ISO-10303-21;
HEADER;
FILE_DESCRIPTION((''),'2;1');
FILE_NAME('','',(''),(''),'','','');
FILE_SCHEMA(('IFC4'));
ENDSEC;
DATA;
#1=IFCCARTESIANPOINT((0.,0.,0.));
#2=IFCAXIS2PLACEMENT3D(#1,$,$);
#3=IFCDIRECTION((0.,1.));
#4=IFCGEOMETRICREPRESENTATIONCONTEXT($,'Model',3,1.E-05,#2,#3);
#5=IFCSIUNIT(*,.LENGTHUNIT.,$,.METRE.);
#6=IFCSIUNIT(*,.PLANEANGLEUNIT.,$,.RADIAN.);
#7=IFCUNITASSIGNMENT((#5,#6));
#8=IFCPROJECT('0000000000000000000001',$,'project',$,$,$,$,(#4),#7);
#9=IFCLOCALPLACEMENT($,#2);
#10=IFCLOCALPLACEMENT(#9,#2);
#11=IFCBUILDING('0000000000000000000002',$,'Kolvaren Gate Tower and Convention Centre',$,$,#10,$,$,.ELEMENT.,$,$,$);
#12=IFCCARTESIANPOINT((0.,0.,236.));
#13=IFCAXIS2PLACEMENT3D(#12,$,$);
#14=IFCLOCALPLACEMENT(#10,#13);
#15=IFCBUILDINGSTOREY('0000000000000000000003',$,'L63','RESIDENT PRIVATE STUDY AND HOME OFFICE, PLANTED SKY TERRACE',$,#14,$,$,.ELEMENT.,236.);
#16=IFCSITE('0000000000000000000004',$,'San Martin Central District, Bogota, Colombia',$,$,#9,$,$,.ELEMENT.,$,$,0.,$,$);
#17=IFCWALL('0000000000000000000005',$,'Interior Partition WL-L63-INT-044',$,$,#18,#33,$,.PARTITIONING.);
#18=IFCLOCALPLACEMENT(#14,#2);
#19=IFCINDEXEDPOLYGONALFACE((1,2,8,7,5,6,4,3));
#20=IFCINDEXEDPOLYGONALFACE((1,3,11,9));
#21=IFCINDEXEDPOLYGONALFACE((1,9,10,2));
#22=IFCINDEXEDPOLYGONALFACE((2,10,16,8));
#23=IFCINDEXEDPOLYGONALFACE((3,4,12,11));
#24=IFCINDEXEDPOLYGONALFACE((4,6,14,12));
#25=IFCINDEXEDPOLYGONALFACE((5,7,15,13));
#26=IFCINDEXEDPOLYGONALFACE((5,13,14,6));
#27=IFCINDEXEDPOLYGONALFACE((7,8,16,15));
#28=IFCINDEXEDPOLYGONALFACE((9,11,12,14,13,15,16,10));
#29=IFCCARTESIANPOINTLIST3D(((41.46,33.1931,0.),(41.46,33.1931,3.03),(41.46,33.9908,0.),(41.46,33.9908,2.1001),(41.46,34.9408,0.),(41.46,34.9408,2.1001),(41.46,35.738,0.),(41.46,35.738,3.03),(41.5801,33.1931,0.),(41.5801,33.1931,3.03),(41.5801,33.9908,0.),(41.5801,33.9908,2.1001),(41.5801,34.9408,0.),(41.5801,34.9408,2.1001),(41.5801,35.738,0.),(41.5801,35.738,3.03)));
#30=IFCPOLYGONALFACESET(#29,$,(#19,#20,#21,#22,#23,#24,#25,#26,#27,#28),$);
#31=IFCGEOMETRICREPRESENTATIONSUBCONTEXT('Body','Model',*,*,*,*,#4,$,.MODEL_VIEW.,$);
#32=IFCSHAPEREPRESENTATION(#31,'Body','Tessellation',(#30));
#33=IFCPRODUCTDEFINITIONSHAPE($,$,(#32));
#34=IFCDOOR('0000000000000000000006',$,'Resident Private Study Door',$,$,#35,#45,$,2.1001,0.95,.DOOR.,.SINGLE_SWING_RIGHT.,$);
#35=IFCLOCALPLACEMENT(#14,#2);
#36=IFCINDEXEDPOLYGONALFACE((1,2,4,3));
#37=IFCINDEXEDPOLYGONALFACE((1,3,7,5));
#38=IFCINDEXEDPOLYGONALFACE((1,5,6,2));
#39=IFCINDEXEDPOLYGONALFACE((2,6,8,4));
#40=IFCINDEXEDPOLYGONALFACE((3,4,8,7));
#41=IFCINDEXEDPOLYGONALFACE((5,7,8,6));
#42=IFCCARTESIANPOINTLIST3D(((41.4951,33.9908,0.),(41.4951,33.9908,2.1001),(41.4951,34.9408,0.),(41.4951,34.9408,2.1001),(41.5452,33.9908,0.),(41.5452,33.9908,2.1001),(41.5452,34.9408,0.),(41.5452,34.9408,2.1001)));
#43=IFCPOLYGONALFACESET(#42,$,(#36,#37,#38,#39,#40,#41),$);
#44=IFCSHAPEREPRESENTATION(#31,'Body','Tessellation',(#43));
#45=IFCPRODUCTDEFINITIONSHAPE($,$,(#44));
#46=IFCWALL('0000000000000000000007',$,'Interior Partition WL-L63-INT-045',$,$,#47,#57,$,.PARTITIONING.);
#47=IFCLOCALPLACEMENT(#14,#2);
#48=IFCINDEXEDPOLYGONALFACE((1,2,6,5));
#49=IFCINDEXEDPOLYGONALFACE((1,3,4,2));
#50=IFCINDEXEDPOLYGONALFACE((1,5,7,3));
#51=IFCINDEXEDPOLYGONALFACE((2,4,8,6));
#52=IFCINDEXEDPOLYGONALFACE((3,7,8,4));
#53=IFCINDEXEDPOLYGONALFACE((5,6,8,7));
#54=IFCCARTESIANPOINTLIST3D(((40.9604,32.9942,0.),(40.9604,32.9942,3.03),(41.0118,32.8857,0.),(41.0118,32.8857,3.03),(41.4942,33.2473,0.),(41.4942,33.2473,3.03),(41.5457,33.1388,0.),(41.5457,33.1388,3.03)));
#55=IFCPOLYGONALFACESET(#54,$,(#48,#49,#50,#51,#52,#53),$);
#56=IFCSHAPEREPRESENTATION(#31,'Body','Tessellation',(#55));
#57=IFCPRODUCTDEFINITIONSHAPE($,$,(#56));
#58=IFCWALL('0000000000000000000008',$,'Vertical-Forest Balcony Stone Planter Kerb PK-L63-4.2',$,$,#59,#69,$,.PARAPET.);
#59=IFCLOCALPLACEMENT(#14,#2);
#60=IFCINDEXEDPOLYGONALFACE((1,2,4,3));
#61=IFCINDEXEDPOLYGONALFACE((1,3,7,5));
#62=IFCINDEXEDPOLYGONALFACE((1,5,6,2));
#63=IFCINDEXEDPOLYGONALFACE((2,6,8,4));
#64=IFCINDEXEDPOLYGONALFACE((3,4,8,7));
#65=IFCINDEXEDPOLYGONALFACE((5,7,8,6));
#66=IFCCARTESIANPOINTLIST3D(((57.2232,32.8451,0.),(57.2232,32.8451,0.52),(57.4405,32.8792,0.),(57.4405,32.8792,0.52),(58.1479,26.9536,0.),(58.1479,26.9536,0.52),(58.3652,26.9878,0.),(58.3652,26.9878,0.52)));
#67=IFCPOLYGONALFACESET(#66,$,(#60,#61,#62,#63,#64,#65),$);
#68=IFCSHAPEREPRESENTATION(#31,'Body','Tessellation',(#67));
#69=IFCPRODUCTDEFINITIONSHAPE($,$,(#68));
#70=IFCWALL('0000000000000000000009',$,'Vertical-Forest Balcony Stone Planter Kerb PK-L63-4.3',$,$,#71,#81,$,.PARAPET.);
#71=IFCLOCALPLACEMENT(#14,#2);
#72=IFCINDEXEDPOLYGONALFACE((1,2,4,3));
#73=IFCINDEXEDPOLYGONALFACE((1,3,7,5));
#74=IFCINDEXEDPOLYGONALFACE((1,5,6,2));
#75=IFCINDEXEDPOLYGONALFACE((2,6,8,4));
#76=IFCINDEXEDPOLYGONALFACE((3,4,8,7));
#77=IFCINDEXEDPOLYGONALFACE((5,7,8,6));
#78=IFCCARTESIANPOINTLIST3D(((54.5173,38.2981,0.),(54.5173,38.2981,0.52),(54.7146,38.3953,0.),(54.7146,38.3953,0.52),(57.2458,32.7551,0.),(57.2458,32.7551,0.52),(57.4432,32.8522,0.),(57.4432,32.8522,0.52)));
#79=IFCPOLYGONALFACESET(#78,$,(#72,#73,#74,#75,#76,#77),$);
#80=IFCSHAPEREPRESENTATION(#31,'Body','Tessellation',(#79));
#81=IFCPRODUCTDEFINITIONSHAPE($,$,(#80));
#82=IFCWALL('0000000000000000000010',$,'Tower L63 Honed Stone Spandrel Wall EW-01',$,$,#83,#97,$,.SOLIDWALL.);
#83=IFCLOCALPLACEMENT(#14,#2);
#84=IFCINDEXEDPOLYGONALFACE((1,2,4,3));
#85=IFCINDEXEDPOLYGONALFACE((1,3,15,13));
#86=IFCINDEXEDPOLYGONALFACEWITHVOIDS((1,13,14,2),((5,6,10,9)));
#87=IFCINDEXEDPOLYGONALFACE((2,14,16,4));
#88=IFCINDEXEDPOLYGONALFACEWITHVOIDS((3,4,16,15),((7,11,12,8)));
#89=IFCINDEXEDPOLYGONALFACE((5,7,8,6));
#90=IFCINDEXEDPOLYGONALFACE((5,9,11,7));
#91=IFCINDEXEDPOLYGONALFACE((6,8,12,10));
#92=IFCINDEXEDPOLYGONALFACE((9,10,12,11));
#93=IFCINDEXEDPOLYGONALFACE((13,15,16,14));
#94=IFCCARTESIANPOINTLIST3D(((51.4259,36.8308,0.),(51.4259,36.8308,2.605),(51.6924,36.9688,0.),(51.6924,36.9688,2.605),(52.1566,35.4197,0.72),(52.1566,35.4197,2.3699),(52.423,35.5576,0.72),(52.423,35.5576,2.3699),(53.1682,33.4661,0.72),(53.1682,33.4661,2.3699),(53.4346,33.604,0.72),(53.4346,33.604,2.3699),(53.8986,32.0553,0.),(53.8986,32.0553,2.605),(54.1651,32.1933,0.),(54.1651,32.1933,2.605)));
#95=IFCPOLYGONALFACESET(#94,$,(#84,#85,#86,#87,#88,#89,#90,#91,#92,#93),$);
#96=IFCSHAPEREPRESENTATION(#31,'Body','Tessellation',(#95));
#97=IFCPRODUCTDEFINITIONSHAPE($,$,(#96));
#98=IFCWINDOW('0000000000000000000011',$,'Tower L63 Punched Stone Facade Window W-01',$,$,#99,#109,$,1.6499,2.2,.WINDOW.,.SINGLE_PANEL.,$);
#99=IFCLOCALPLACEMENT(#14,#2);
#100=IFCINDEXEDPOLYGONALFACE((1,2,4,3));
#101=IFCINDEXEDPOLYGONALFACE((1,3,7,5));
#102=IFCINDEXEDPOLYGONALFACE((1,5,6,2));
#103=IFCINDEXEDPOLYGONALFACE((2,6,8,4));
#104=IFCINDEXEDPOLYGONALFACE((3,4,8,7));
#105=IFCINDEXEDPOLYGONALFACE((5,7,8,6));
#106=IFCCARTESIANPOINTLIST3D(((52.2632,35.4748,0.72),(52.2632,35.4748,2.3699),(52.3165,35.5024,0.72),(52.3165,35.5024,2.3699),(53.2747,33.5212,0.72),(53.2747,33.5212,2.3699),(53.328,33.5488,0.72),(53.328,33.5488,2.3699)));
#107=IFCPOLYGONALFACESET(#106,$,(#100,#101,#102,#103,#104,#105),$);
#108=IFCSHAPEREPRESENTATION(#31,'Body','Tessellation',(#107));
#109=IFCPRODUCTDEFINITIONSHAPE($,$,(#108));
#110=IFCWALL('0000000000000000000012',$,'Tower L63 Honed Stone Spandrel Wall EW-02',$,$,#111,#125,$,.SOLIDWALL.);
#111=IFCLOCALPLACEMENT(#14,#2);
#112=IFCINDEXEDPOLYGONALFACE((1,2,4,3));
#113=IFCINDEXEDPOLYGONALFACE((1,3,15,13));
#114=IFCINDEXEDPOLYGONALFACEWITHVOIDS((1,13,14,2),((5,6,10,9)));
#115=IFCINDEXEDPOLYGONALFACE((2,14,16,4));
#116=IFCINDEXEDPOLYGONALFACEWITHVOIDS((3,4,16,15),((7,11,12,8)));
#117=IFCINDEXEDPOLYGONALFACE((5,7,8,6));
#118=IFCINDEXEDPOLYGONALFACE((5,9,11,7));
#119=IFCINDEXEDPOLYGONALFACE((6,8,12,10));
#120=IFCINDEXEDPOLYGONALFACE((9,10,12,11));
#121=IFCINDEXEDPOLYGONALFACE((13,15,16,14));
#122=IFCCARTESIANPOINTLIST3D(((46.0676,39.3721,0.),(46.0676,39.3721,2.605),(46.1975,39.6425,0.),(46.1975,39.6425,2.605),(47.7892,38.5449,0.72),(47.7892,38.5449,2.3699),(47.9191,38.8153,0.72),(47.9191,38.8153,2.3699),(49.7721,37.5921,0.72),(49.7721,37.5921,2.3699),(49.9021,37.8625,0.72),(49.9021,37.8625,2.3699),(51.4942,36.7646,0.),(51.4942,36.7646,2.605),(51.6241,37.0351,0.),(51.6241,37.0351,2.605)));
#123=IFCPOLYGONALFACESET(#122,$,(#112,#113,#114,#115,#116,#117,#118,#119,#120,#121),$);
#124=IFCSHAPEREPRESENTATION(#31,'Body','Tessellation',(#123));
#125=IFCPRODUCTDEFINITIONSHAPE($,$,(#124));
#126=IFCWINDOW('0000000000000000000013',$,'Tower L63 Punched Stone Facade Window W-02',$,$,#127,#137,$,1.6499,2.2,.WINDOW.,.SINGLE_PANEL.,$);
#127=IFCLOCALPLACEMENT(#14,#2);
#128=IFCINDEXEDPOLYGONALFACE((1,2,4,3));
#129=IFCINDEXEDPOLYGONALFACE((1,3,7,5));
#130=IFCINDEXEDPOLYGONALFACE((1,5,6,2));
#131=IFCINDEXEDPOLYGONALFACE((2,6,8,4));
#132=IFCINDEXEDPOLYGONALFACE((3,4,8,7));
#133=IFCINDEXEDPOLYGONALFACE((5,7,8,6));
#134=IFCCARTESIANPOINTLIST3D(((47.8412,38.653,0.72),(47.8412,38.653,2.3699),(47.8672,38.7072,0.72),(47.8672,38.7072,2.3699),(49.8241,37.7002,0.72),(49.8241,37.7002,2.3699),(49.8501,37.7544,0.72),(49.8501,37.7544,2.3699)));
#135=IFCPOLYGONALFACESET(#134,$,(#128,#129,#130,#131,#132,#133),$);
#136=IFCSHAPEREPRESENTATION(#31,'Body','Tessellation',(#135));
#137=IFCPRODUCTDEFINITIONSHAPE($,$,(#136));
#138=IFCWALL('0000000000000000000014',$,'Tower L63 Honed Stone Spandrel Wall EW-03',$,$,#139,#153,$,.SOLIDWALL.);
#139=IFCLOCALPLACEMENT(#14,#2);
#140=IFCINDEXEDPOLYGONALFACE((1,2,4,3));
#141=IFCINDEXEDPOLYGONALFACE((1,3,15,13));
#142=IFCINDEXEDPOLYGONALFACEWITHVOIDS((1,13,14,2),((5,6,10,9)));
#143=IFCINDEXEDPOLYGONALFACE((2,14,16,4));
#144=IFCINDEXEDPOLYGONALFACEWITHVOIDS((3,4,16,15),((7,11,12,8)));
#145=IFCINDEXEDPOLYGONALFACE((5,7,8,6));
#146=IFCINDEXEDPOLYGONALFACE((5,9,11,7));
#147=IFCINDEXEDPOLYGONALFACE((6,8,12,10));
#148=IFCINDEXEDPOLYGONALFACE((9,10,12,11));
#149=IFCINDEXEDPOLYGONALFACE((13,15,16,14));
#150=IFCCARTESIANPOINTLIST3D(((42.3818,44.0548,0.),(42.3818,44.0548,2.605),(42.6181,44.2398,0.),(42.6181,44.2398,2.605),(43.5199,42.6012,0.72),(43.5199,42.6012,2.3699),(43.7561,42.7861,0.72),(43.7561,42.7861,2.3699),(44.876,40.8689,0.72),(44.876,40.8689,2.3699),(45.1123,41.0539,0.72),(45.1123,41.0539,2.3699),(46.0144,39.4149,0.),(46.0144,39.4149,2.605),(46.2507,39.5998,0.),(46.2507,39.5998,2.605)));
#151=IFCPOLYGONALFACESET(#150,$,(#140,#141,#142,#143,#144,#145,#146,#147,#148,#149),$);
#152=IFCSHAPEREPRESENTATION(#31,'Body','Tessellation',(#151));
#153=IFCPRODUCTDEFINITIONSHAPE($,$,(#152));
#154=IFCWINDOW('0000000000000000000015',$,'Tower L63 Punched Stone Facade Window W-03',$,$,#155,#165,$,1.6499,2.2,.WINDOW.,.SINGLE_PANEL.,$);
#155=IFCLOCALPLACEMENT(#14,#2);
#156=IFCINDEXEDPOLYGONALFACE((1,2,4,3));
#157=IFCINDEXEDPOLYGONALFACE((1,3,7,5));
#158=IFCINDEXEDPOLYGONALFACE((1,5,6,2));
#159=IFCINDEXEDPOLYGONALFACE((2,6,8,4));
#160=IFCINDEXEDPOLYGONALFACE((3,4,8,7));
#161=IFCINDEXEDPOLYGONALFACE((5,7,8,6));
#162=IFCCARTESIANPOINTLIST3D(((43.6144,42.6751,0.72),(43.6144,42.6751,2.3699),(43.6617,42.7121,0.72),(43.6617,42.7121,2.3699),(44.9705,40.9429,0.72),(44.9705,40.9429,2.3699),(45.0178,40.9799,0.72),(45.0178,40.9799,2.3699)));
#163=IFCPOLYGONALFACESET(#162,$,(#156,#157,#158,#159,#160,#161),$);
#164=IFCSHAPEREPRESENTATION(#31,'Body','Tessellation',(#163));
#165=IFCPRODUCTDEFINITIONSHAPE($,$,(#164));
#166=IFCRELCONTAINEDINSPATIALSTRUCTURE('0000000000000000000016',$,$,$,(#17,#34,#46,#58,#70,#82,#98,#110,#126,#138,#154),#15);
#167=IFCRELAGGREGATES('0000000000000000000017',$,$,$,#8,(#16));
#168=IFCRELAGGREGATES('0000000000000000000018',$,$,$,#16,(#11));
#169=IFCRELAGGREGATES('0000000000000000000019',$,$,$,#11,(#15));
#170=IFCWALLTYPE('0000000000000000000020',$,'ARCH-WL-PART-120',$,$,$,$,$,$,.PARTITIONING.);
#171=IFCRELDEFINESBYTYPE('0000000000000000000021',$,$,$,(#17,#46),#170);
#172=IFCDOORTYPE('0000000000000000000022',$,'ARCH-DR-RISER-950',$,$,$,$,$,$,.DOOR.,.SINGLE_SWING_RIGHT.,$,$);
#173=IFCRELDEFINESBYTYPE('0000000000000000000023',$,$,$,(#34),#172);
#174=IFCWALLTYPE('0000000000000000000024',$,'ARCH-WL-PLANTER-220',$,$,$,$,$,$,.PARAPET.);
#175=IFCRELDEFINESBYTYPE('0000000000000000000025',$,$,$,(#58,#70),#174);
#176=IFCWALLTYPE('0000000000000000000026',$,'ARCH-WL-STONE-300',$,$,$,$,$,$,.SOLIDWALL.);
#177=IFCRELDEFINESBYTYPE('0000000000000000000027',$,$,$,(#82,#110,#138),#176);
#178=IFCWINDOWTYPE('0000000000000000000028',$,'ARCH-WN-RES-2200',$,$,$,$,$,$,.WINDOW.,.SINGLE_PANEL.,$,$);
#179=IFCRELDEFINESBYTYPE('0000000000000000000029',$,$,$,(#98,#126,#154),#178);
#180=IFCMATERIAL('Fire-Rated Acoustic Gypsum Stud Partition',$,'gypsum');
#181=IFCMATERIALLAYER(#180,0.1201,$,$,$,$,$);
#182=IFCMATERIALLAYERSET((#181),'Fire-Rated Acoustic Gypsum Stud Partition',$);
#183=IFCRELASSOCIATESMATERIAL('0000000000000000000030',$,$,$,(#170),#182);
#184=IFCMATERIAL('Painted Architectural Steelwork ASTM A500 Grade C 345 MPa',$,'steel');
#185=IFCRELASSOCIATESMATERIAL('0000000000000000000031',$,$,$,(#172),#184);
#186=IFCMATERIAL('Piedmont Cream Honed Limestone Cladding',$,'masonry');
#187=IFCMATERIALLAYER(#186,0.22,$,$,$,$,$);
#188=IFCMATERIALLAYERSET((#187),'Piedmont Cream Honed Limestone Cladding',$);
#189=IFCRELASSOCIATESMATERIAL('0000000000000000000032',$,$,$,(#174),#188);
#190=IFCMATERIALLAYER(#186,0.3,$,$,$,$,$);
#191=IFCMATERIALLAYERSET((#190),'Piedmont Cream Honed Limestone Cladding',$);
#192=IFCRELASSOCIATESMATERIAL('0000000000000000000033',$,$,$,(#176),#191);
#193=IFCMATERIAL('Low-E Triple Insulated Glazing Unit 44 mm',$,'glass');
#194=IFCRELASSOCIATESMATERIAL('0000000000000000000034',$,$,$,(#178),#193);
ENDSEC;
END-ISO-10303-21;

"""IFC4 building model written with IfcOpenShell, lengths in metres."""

from ifc_helpers import new_model, si_unit, direction, frame, frame_2d, origin, place, context, subcontext, project, spatial, rectangle, extrude, material, layer, layer_set, type_object, element, fill, save


model = new_model("IFC4")

# Units and contexts
model_context = context("Model", 3, precision=1e-05, world=origin(), true_north=direction((0.0, 1.0)))
body_context = subcontext(model_context, "Body", "Model", "MODEL_VIEW")
ifc_project = project(units=[si_unit("LENGTHUNIT", "METRE"), si_unit("PLANEANGLEUNIT", "RADIAN")], contexts=[model_context])

# Site, building, storey
site_placement = place(None, origin())
site = spatial("IfcSite", under=ifc_project, at=site_placement, Name="San Martin Central District, Bogota, Colombia", CompositionType="ELEMENT", RefElevation=0.0)
building_placement = place(site_placement, origin())
building = spatial("IfcBuilding", under=site, at=building_placement, Name="Kolvaren Gate Tower and Convention Centre", CompositionType="ELEMENT")
storey_placement = place(building_placement, frame((0.0, 0.0, 236.0)))
storey = spatial("IfcBuildingStorey", under=building, at=storey_placement, Name="L63", Description="RESIDENT PRIVATE STUDY AND HOME OFFICE, PLANTED SKY TERRACE", CompositionType="ELEMENT", Elevation=236.0)

# Shared definitions
ifc_material_1 = material(Name="Fire-Rated Acoustic Gypsum Stud Partition", Category="gypsum")
ifc_layer_1 = layer(ifc_material_1, 0.1201)
ifc_layer_set_1 = layer_set([ifc_layer_1], Name="Fire-Rated Acoustic Gypsum Stud Partition")
wall_type_1 = type_object("IfcWallType", Name="ARCH-WL-PART-120", PredefinedType="PARTITIONING", material=ifc_layer_set_1)

# Wall, opening, door
wall_1_placement = place(storey_placement, frame((41.52, 33.1931, 0.0), z_axis=(0.0, 0.0, 1.0), x_axis=(0.0, 1.0, 0.0)))
wall_1 = element("IfcWall", 1, at=wall_1_placement, inside=storey, type_object=wall_type_1, Name="Interior Partition WL-L63-INT-044", PredefinedType="PARTITIONING", context=body_context, shape_type="SweptSolid", body=[
    extrude(rectangle(XDim=2.5449, YDim=0.1201, at=frame_2d((1.2725, 0.0))), origin(), (0.0, 0.0, 1.0), 3.03),
])
opening_1_placement = place(wall_1_placement, frame((0.7976, 0.0, 0.0)))
opening_1 = element("IfcOpeningElement", 2, at=opening_1_placement, cuts=wall_1, PredefinedType="OPENING", context=body_context, shape_type="SweptSolid", body=[
    extrude(rectangle(XDim=0.95, YDim=2.1001, at=frame_2d((0.4751, 1.05))), frame((0.0, 0.0701, 0.0), z_axis=(0.0, -1.0, 0.0), x_axis=(1.0, 0.0, 0.0)), (0.0, 0.0, 1.0), 0.1401),
])
ifc_material_2 = material(Name="Painted Architectural Steelwork ASTM A500 Grade C 345 MPa", Category="steel")
door_type = type_object("IfcDoorType", Name="ARCH-DR-RISER-950", OperationType="SINGLE_SWING_RIGHT", PredefinedType="DOOR", material=ifc_material_2)
door_placement = place(opening_1_placement, origin())
door = element("IfcDoor", 3, at=door_placement, inside=storey, type_object=door_type, Name="Resident Private Study Door", OperationType="SINGLE_SWING_RIGHT", OverallHeight=2.1001, OverallWidth=0.95, PredefinedType="DOOR", context=body_context, shape_type="SweptSolid", body=[
    extrude(rectangle(XDim=0.95, YDim=2.1001, at=frame_2d((0.4751, 1.05))), frame((0.0, 0.0249, 0.0), z_axis=(0.0, -1.0, 0.0), x_axis=(1.0, 0.0, 0.0)), (0.0, 0.0, 1.0), 0.05),
])
fill(opening_1, door)

# Walls
wall_2_placement = place(storey_placement, frame((40.9861, 32.9399, 0.0), z_axis=(0.0, 0.0, 1.0), x_axis=(0.90357, 0.428442, 0.0)))
element("IfcWall", 4, at=wall_2_placement, inside=storey, type_object=wall_type_1, Name="Interior Partition WL-L63-INT-045", PredefinedType="PARTITIONING", context=body_context, shape_type="SweptSolid", body=[
    extrude(rectangle(XDim=0.5908, YDim=0.1201, at=frame_2d((0.2954, 0.0))), origin(), (0.0, 0.0, 1.0), 3.03),
])
ifc_material_3 = material(Name="Piedmont Cream Honed Limestone Cladding", Category="masonry")
ifc_layer_2 = layer(ifc_material_3, 0.22)
ifc_layer_set_2 = layer_set([ifc_layer_2], Name="Piedmont Cream Honed Limestone Cladding")
wall_type_2 = type_object("IfcWallType", Name="ARCH-WL-PLANTER-220", PredefinedType="PARAPET", material=ifc_layer_set_2)
wall_3_placement = place(storey_placement, frame((57.3318, 32.8623, 0.0), z_axis=(0.0, 0.0, 1.0), x_axis=(0.155071, -0.987903, 0.0)))
element("IfcWall", 5, at=wall_3_placement, inside=storey, type_object=wall_type_2, Name="Vertical-Forest Balcony Stone Planter Kerb PK-L63-4.2", PredefinedType="PARAPET", context=body_context, shape_type="SweptSolid", body=[
    extrude(rectangle(XDim=5.9636, YDim=0.22, at=frame_2d((2.9819, 0.0))), origin(), (0.0, 0.0, 1.0), 0.52),
])
wall_4_placement = place(storey_placement, frame((54.616, 38.3467, 0.0), z_axis=(0.0, 0.0, 1.0), x_axis=(0.441641, -0.897192, 0.0)))
element("IfcWall", 6, at=wall_4_placement, inside=storey, type_object=wall_type_2, Name="Vertical-Forest Balcony Stone Planter Kerb PK-L63-4.3", PredefinedType="PARAPET", context=body_context, shape_type="SweptSolid", body=[
    extrude(rectangle(XDim=6.1782, YDim=0.22, at=frame_2d((3.0891, 0.0))), origin(), (0.0, 0.0, 1.0), 0.52),
])

# Walls, openings, windows
ifc_layer_3 = layer(ifc_material_3, 0.3)
ifc_layer_set_3 = layer_set([ifc_layer_3], Name="Piedmont Cream Honed Limestone Cladding")
wall_type_3 = type_object("IfcWallType", Name="ARCH-WL-STONE-300", PredefinedType="SOLIDWALL", material=ifc_layer_set_3)
wall_5_placement = place(storey_placement, frame((51.5591, 36.8999, 0.0), z_axis=(0.0, 0.0, 1.0), x_axis=(0.459808, -0.888018, 0.0)))
wall_5 = element("IfcWall", 7, at=wall_5_placement, inside=storey, type_object=wall_type_3, Name="Tower L63 Honed Stone Spandrel Wall EW-01", PredefinedType="SOLIDWALL", context=body_context, shape_type="SweptSolid", body=[
    extrude(rectangle(XDim=5.3777, YDim=0.3, at=frame_2d((2.689, 0.0))), origin(), (0.0, 0.0, 1.0), 2.605),
])
opening_2_placement = place(wall_5_placement, frame((1.5891, 0.0, 0.72)))
opening_2 = element("IfcOpeningElement", 8, at=opening_2_placement, cuts=wall_5, PredefinedType="OPENING", context=body_context, shape_type="SweptSolid", body=[
    extrude(rectangle(XDim=2.2, YDim=1.6499, at=frame_2d((1.1001, 0.825))), frame((0.0, 0.1599, 0.0), z_axis=(0.0, -1.0, 0.0), x_axis=(1.0, 0.0, 0.0)), (0.0, 0.0, 1.0), 0.3201),
])
ifc_material_4 = material(Name="Low-E Triple Insulated Glazing Unit 44 mm", Category="glass")
window_type = type_object("IfcWindowType", Name="ARCH-WN-RES-2200", PartitioningType="SINGLE_PANEL", PredefinedType="WINDOW", material=ifc_material_4)
window_1_placement = place(opening_2_placement, origin())
window_1 = element("IfcWindow", 9, at=window_1_placement, inside=storey, type_object=window_type, Name="Tower L63 Punched Stone Facade Window W-01", OverallHeight=1.6499, OverallWidth=2.2, PartitioningType="SINGLE_PANEL", PredefinedType="WINDOW", context=body_context, shape_type="SweptSolid", body=[
    extrude(rectangle(XDim=2.2, YDim=1.6499, at=frame_2d((1.1001, 0.825))), frame((0.0, 0.03, 0.0), z_axis=(0.0, -1.0, 0.0), x_axis=(1.0, 0.0, 0.0)), (0.0, 0.0, 1.0), 0.0601),
])
fill(opening_2, window_1)
wall_6_placement = place(storey_placement, frame((46.1326, 39.5073, 0.0), z_axis=(0.0, 0.0, 1.0), x_axis=(0.901348, -0.433095, 0.0)))
wall_6 = element("IfcWall", 10, at=wall_6_placement, inside=storey, type_object=wall_type_3, Name="Tower L63 Honed Stone Spandrel Wall EW-02", PredefinedType="SOLIDWALL", context=body_context, shape_type="SweptSolid", body=[
    extrude(rectangle(XDim=6.0205, YDim=0.3, at=frame_2d((3.0103, 0.0))), origin(), (0.0, 0.0, 1.0), 2.605),
])
opening_3_placement = place(wall_6_placement, frame((1.9099, 0.0, 0.72)))
opening_3 = element("IfcOpeningElement", 11, at=opening_3_placement, cuts=wall_6, PredefinedType="OPENING", context=body_context, shape_type="SweptSolid", body=[
    extrude(rectangle(XDim=2.2, YDim=1.6499, at=frame_2d((1.1001, 0.825))), frame((0.0, 0.1599, 0.0), z_axis=(0.0, -1.0, 0.0), x_axis=(1.0, 0.0, 0.0)), (0.0, 0.0, 1.0), 0.3201),
])
window_2_placement = place(opening_3_placement, origin())
window_2 = element("IfcWindow", 12, at=window_2_placement, inside=storey, type_object=window_type, Name="Tower L63 Punched Stone Facade Window W-02", OverallHeight=1.6499, OverallWidth=2.2, PartitioningType="SINGLE_PANEL", PredefinedType="WINDOW", context=body_context, shape_type="SweptSolid", body=[
    extrude(rectangle(XDim=2.2, YDim=1.6499, at=frame_2d((1.1001, 0.825))), frame((0.0, 0.03, 0.0), z_axis=(0.0, -1.0, 0.0), x_axis=(1.0, 0.0, 0.0)), (0.0, 0.0, 1.0), 0.0601),
])
fill(opening_3, window_2)
wall_7_placement = place(storey_placement, frame((42.5, 44.1472, 0.0), z_axis=(0.0, 0.0, 1.0), x_axis=(0.61645, -0.787394, 0.0)))
wall_7 = element("IfcWall", 13, at=wall_7_placement, inside=storey, type_object=wall_type_3, Name="Tower L63 Honed Stone Spandrel Wall EW-03", PredefinedType="SOLIDWALL", context=body_context, shape_type="SweptSolid", body=[
    extrude(rectangle(XDim=5.8928, YDim=0.3, at=frame_2d((2.9463, 0.0))), origin(), (0.0, 0.0, 1.0), 2.605),
])
opening_4_placement = place(wall_7_placement, frame((1.8459, 0.0, 0.72)))
opening_4 = element("IfcOpeningElement", 14, at=opening_4_placement, cuts=wall_7, PredefinedType="OPENING", context=body_context, shape_type="SweptSolid", body=[
    extrude(rectangle(XDim=2.2, YDim=1.6499, at=frame_2d((1.1001, 0.825))), frame((0.0, 0.1599, 0.0), z_axis=(0.0, -1.0, 0.0), x_axis=(1.0, 0.0, 0.0)), (0.0, 0.0, 1.0), 0.3201),
])
window_3_placement = place(opening_4_placement, origin())
window_3 = element("IfcWindow", 15, at=window_3_placement, inside=storey, type_object=window_type, Name="Tower L63 Punched Stone Facade Window W-03", OverallHeight=1.6499, OverallWidth=2.2, PartitioningType="SINGLE_PANEL", PredefinedType="WINDOW", context=body_context, shape_type="SweptSolid", body=[
    extrude(rectangle(XDim=2.2, YDim=1.6499, at=frame_2d((1.1001, 0.825))), frame((0.0, 0.03, 0.0), z_axis=(0.0, -1.0, 0.0), x_axis=(1.0, 0.0, 0.0)), (0.0, 0.0, 1.0), 0.0601),
])
fill(opening_4, window_3)

save(model, "model.ifc")
